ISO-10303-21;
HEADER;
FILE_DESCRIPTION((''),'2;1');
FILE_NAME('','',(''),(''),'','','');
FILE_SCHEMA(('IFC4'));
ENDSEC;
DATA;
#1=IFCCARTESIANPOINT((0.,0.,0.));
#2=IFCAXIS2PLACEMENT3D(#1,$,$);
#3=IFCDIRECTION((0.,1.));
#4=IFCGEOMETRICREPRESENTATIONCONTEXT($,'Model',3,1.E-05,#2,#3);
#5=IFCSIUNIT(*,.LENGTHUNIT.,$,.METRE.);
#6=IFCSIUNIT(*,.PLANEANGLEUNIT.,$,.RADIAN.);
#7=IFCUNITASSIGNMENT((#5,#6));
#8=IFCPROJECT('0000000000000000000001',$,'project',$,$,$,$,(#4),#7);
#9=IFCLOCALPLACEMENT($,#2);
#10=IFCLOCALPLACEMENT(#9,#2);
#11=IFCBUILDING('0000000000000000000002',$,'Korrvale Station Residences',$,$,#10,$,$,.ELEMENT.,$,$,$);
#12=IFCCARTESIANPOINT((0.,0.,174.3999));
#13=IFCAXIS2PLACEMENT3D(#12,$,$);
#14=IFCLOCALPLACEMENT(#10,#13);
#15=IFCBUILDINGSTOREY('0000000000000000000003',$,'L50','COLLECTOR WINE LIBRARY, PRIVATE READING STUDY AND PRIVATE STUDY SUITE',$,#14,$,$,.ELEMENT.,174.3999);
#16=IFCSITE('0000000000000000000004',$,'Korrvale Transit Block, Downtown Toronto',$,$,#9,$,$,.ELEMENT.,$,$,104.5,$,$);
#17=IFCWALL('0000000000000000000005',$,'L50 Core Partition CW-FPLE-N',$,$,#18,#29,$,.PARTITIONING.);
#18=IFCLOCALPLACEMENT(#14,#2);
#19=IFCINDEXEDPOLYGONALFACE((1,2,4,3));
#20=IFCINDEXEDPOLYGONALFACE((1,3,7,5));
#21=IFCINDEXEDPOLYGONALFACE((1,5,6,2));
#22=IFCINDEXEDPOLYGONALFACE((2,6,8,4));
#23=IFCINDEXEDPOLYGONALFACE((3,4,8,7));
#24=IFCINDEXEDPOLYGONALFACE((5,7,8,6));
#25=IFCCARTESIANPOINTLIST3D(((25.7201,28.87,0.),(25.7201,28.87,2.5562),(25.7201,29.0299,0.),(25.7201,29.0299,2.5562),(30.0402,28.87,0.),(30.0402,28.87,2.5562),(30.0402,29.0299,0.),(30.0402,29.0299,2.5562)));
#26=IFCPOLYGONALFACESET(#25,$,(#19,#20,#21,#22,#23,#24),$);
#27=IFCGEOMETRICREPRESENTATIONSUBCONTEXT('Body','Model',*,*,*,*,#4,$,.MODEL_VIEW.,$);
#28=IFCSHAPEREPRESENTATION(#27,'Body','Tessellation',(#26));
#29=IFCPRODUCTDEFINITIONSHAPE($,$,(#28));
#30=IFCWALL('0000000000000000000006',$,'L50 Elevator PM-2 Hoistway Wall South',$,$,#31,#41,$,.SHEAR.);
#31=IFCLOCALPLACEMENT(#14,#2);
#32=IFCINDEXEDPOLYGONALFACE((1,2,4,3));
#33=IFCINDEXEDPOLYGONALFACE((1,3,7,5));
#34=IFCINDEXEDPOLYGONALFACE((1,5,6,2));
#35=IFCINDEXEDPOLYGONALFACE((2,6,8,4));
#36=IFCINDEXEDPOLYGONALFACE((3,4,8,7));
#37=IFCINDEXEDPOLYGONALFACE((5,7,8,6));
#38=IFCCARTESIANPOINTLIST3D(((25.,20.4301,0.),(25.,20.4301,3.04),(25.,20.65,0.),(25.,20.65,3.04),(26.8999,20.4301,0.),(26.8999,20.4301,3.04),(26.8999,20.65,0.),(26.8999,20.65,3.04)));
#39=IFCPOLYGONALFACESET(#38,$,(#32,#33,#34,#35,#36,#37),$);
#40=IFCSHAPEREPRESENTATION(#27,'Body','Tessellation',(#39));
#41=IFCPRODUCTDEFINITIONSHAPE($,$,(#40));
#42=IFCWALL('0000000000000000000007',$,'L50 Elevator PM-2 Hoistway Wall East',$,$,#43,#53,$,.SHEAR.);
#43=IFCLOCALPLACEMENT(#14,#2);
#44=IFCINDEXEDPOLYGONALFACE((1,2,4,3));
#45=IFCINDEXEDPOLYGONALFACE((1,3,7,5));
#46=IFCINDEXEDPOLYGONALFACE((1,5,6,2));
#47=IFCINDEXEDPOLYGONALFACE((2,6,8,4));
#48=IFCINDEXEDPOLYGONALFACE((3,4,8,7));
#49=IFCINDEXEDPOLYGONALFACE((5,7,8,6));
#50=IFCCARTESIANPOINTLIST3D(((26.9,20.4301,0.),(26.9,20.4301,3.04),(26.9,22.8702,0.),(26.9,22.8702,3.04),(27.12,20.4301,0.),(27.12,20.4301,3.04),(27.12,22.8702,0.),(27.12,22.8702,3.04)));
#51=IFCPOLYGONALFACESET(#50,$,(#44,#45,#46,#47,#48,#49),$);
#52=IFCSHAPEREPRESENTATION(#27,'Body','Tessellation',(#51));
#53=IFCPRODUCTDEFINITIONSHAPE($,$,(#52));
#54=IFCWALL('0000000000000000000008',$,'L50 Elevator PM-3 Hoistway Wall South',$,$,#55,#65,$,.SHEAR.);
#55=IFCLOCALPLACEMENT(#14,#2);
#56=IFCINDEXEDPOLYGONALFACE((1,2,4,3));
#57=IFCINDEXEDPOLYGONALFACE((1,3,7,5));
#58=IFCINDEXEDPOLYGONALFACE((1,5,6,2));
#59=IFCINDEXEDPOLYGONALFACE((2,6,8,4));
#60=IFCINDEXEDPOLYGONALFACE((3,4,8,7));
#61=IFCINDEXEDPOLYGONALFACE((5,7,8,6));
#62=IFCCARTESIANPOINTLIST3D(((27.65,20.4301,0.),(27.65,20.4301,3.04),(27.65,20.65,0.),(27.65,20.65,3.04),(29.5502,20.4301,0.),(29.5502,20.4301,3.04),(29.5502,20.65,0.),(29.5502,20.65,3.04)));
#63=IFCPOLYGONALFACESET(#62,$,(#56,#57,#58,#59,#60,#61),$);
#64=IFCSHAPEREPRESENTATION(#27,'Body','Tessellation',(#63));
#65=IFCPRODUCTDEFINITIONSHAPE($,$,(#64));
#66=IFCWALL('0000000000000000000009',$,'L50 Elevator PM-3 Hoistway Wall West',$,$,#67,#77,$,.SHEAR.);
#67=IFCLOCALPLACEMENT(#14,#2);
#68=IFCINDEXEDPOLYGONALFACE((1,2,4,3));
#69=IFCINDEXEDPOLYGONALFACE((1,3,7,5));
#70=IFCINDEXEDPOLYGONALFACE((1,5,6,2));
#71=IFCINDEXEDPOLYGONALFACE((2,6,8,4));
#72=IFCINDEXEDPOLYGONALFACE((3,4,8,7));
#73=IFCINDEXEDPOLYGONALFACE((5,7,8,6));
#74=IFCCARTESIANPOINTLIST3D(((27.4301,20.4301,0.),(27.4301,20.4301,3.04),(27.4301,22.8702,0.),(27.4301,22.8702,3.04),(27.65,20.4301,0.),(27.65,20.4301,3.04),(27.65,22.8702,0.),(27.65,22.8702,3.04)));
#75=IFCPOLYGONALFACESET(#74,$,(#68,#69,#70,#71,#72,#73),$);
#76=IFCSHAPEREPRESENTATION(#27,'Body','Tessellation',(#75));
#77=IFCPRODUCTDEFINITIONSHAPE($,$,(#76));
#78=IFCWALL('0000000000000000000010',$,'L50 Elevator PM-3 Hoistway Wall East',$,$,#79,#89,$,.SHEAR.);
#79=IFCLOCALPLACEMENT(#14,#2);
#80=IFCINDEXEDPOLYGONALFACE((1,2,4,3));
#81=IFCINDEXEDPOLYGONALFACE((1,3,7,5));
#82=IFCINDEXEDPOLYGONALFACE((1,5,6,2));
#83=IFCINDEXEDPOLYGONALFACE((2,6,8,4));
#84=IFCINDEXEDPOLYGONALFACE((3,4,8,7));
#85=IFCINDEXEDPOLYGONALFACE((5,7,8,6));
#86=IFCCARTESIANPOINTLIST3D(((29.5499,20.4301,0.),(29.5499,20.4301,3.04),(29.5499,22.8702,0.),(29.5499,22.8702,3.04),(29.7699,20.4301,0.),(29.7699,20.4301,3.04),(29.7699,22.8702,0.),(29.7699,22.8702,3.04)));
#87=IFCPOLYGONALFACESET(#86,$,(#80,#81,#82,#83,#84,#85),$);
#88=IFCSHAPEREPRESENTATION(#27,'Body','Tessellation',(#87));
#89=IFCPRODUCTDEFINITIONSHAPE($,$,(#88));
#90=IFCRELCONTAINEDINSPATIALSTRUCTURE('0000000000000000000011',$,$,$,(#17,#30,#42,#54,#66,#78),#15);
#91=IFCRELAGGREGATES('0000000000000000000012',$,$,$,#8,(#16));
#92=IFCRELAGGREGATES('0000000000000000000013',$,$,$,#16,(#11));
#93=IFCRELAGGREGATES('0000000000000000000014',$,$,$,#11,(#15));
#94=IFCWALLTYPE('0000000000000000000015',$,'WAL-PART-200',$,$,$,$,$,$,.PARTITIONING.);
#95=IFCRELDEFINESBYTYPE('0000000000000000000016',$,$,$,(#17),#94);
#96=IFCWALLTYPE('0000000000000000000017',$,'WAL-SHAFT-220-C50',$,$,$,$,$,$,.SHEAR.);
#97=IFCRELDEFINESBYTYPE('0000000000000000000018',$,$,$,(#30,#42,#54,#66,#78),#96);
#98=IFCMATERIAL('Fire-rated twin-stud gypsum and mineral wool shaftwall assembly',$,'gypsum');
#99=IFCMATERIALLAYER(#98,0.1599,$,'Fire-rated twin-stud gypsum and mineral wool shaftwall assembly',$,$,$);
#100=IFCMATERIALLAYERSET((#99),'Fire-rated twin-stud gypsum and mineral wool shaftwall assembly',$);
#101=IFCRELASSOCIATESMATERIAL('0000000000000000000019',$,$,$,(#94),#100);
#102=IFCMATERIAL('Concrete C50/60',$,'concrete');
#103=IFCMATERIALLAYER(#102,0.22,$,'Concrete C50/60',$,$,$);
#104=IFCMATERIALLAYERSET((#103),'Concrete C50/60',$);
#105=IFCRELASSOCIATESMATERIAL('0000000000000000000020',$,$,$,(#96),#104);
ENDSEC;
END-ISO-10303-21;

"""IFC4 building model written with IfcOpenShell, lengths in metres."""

from ifc_helpers import new_model, si_unit, direction, frame, frame_2d, origin, place, context, subcontext, project, spatial, rectangle, extrude, material, layer, layer_set, type_object, element, save


model = new_model("IFC4")

# Units and contexts
model_context = context("Model", 3, precision=1e-05, world=origin(), true_north=direction((0.0, 1.0)))
body_context = subcontext(model_context, "Body", "Model", "MODEL_VIEW")
ifc_project = project(units=[si_unit("LENGTHUNIT", "METRE"), si_unit("PLANEANGLEUNIT", "RADIAN")], contexts=[model_context])

# Site, building, storey
site_placement = place(None, origin())
site = spatial("IfcSite", under=ifc_project, at=site_placement, Name="Korrvale Transit Block, Downtown Toronto", CompositionType="ELEMENT", RefElevation=104.5)
building_placement = place(site_placement, origin())
building = spatial("IfcBuilding", under=site, at=building_placement, Name="Korrvale Station Residences", CompositionType="ELEMENT")
storey_placement = place(building_placement, frame((0.0, 0.0, 174.3999)))
storey = spatial("IfcBuildingStorey", under=building, at=storey_placement, Name="L50", Description="COLLECTOR WINE LIBRARY, PRIVATE READING STUDY AND PRIVATE STUDY SUITE", CompositionType="ELEMENT", Elevation=174.3999)

# Shared definitions
ifc_material_1 = material(Name="Concrete C50/60", Category="concrete")

# Shared definitions
ifc_material_2 = material(Name="Fire-rated twin-stud gypsum and mineral wool shaftwall assembly", Category="gypsum")
ifc_layer_1 = layer(ifc_material_2, 0.1599, Name="Fire-rated twin-stud gypsum and mineral wool shaftwall assembly")
ifc_layer_set_1 = layer_set([ifc_layer_1], Name="Fire-rated twin-stud gypsum and mineral wool shaftwall assembly")
wall_type_1 = type_object("IfcWallType", Name="WAL-PART-200", PredefinedType="PARTITIONING", material=ifc_layer_set_1)

# Walls
wall_1_placement = place(storey_placement, frame((25.72, 28.95, 0.0), z_axis=(0.0, 0.0, 1.0), x_axis=(1.0, 0.0, 0.0)))
element("IfcWall", 1, at=wall_1_placement, inside=storey, type_object=wall_type_1, Name="L50 Core Partition CW-FPLE-N", PredefinedType="PARTITIONING", context=body_context, shape_type="SweptSolid", body=[
    extrude(rectangle(XDim=4.3201, YDim=0.1599, at=frame_2d((2.1602, 0.0))), origin(), (0.0, 0.0, 1.0), 2.5562),
])
ifc_layer_2 = layer(ifc_material_1, 0.22, Name="Concrete C50/60")
ifc_layer_set_2 = layer_set([ifc_layer_2], Name="Concrete C50/60")
wall_type_2 = type_object("IfcWallType", Name="WAL-SHAFT-220-C50", PredefinedType="SHEAR", material=ifc_layer_set_2)
wall_2_placement = place(storey_placement, frame((25.0, 20.54, 0.0), z_axis=(0.0, 0.0, 1.0), x_axis=(1.0, 0.0, 0.0)))
element("IfcWall", 2, at=wall_2_placement, inside=storey, type_object=wall_type_2, Name="L50 Elevator PM-2 Hoistway Wall South", PredefinedType="SHEAR", context=body_context, shape_type="SweptSolid", body=[
    extrude(rectangle(XDim=1.8999, YDim=0.22, at=frame_2d((0.95, 0.0))), origin(), (0.0, 0.0, 1.0), 3.04),
])

# Walls
wall_3_placement = place(storey_placement, frame((27.01, 20.4299, 0.0), z_axis=(0.0, 0.0, 1.0), x_axis=(0.0, 1.0, 0.0)))
element("IfcWall", 3, at=wall_3_placement, inside=storey, type_object=wall_type_2, Name="L50 Elevator PM-2 Hoistway Wall East", PredefinedType="SHEAR", context=body_context, shape_type="SweptSolid", body=[
    extrude(rectangle(XDim=2.4402, YDim=0.22, at=frame_2d((1.2202, 0.0))), origin(), (0.0, 0.0, 1.0), 3.04),
])
wall_4_placement = place(storey_placement, frame((27.6499, 20.54, 0.0), z_axis=(0.0, 0.0, 1.0), x_axis=(1.0, 0.0, 0.0)))
element("IfcWall", 4, at=wall_4_placement, inside=storey, type_object=wall_type_2, Name="L50 Elevator PM-3 Hoistway Wall South", PredefinedType="SHEAR", context=body_context, shape_type="SweptSolid", body=[
    extrude(rectangle(XDim=1.9001, YDim=0.22, at=frame_2d((0.9502, 0.0))), origin(), (0.0, 0.0, 1.0), 3.04),
])

# Walls
for number, where, z_axis, x_axis, name in (
    (5, (27.54, 20.4299, 0.0), (0.0, 0.0, 1.0), (0.0, 1.0, 0.0), "L50 Elevator PM-3 Hoistway Wall West"),
    (6, (29.6599, 20.4299, 0.0), (0.0, 0.0, 1.0), (0.0, 1.0, 0.0), "L50 Elevator PM-3 Hoistway Wall East"),
):
    element("IfcWall", number, at=place(storey_placement, frame(where, z_axis=z_axis, x_axis=x_axis)), inside=storey, type_object=wall_type_2, Name=name, PredefinedType="SHEAR", context=body_context, shape_type="SweptSolid", body=[
        extrude(rectangle(XDim=2.4402, YDim=0.22, at=frame_2d((1.2202, 0.0))), origin(), (0.0, 0.0, 1.0), 3.04),
    ])

save(model, "model.ifc")
